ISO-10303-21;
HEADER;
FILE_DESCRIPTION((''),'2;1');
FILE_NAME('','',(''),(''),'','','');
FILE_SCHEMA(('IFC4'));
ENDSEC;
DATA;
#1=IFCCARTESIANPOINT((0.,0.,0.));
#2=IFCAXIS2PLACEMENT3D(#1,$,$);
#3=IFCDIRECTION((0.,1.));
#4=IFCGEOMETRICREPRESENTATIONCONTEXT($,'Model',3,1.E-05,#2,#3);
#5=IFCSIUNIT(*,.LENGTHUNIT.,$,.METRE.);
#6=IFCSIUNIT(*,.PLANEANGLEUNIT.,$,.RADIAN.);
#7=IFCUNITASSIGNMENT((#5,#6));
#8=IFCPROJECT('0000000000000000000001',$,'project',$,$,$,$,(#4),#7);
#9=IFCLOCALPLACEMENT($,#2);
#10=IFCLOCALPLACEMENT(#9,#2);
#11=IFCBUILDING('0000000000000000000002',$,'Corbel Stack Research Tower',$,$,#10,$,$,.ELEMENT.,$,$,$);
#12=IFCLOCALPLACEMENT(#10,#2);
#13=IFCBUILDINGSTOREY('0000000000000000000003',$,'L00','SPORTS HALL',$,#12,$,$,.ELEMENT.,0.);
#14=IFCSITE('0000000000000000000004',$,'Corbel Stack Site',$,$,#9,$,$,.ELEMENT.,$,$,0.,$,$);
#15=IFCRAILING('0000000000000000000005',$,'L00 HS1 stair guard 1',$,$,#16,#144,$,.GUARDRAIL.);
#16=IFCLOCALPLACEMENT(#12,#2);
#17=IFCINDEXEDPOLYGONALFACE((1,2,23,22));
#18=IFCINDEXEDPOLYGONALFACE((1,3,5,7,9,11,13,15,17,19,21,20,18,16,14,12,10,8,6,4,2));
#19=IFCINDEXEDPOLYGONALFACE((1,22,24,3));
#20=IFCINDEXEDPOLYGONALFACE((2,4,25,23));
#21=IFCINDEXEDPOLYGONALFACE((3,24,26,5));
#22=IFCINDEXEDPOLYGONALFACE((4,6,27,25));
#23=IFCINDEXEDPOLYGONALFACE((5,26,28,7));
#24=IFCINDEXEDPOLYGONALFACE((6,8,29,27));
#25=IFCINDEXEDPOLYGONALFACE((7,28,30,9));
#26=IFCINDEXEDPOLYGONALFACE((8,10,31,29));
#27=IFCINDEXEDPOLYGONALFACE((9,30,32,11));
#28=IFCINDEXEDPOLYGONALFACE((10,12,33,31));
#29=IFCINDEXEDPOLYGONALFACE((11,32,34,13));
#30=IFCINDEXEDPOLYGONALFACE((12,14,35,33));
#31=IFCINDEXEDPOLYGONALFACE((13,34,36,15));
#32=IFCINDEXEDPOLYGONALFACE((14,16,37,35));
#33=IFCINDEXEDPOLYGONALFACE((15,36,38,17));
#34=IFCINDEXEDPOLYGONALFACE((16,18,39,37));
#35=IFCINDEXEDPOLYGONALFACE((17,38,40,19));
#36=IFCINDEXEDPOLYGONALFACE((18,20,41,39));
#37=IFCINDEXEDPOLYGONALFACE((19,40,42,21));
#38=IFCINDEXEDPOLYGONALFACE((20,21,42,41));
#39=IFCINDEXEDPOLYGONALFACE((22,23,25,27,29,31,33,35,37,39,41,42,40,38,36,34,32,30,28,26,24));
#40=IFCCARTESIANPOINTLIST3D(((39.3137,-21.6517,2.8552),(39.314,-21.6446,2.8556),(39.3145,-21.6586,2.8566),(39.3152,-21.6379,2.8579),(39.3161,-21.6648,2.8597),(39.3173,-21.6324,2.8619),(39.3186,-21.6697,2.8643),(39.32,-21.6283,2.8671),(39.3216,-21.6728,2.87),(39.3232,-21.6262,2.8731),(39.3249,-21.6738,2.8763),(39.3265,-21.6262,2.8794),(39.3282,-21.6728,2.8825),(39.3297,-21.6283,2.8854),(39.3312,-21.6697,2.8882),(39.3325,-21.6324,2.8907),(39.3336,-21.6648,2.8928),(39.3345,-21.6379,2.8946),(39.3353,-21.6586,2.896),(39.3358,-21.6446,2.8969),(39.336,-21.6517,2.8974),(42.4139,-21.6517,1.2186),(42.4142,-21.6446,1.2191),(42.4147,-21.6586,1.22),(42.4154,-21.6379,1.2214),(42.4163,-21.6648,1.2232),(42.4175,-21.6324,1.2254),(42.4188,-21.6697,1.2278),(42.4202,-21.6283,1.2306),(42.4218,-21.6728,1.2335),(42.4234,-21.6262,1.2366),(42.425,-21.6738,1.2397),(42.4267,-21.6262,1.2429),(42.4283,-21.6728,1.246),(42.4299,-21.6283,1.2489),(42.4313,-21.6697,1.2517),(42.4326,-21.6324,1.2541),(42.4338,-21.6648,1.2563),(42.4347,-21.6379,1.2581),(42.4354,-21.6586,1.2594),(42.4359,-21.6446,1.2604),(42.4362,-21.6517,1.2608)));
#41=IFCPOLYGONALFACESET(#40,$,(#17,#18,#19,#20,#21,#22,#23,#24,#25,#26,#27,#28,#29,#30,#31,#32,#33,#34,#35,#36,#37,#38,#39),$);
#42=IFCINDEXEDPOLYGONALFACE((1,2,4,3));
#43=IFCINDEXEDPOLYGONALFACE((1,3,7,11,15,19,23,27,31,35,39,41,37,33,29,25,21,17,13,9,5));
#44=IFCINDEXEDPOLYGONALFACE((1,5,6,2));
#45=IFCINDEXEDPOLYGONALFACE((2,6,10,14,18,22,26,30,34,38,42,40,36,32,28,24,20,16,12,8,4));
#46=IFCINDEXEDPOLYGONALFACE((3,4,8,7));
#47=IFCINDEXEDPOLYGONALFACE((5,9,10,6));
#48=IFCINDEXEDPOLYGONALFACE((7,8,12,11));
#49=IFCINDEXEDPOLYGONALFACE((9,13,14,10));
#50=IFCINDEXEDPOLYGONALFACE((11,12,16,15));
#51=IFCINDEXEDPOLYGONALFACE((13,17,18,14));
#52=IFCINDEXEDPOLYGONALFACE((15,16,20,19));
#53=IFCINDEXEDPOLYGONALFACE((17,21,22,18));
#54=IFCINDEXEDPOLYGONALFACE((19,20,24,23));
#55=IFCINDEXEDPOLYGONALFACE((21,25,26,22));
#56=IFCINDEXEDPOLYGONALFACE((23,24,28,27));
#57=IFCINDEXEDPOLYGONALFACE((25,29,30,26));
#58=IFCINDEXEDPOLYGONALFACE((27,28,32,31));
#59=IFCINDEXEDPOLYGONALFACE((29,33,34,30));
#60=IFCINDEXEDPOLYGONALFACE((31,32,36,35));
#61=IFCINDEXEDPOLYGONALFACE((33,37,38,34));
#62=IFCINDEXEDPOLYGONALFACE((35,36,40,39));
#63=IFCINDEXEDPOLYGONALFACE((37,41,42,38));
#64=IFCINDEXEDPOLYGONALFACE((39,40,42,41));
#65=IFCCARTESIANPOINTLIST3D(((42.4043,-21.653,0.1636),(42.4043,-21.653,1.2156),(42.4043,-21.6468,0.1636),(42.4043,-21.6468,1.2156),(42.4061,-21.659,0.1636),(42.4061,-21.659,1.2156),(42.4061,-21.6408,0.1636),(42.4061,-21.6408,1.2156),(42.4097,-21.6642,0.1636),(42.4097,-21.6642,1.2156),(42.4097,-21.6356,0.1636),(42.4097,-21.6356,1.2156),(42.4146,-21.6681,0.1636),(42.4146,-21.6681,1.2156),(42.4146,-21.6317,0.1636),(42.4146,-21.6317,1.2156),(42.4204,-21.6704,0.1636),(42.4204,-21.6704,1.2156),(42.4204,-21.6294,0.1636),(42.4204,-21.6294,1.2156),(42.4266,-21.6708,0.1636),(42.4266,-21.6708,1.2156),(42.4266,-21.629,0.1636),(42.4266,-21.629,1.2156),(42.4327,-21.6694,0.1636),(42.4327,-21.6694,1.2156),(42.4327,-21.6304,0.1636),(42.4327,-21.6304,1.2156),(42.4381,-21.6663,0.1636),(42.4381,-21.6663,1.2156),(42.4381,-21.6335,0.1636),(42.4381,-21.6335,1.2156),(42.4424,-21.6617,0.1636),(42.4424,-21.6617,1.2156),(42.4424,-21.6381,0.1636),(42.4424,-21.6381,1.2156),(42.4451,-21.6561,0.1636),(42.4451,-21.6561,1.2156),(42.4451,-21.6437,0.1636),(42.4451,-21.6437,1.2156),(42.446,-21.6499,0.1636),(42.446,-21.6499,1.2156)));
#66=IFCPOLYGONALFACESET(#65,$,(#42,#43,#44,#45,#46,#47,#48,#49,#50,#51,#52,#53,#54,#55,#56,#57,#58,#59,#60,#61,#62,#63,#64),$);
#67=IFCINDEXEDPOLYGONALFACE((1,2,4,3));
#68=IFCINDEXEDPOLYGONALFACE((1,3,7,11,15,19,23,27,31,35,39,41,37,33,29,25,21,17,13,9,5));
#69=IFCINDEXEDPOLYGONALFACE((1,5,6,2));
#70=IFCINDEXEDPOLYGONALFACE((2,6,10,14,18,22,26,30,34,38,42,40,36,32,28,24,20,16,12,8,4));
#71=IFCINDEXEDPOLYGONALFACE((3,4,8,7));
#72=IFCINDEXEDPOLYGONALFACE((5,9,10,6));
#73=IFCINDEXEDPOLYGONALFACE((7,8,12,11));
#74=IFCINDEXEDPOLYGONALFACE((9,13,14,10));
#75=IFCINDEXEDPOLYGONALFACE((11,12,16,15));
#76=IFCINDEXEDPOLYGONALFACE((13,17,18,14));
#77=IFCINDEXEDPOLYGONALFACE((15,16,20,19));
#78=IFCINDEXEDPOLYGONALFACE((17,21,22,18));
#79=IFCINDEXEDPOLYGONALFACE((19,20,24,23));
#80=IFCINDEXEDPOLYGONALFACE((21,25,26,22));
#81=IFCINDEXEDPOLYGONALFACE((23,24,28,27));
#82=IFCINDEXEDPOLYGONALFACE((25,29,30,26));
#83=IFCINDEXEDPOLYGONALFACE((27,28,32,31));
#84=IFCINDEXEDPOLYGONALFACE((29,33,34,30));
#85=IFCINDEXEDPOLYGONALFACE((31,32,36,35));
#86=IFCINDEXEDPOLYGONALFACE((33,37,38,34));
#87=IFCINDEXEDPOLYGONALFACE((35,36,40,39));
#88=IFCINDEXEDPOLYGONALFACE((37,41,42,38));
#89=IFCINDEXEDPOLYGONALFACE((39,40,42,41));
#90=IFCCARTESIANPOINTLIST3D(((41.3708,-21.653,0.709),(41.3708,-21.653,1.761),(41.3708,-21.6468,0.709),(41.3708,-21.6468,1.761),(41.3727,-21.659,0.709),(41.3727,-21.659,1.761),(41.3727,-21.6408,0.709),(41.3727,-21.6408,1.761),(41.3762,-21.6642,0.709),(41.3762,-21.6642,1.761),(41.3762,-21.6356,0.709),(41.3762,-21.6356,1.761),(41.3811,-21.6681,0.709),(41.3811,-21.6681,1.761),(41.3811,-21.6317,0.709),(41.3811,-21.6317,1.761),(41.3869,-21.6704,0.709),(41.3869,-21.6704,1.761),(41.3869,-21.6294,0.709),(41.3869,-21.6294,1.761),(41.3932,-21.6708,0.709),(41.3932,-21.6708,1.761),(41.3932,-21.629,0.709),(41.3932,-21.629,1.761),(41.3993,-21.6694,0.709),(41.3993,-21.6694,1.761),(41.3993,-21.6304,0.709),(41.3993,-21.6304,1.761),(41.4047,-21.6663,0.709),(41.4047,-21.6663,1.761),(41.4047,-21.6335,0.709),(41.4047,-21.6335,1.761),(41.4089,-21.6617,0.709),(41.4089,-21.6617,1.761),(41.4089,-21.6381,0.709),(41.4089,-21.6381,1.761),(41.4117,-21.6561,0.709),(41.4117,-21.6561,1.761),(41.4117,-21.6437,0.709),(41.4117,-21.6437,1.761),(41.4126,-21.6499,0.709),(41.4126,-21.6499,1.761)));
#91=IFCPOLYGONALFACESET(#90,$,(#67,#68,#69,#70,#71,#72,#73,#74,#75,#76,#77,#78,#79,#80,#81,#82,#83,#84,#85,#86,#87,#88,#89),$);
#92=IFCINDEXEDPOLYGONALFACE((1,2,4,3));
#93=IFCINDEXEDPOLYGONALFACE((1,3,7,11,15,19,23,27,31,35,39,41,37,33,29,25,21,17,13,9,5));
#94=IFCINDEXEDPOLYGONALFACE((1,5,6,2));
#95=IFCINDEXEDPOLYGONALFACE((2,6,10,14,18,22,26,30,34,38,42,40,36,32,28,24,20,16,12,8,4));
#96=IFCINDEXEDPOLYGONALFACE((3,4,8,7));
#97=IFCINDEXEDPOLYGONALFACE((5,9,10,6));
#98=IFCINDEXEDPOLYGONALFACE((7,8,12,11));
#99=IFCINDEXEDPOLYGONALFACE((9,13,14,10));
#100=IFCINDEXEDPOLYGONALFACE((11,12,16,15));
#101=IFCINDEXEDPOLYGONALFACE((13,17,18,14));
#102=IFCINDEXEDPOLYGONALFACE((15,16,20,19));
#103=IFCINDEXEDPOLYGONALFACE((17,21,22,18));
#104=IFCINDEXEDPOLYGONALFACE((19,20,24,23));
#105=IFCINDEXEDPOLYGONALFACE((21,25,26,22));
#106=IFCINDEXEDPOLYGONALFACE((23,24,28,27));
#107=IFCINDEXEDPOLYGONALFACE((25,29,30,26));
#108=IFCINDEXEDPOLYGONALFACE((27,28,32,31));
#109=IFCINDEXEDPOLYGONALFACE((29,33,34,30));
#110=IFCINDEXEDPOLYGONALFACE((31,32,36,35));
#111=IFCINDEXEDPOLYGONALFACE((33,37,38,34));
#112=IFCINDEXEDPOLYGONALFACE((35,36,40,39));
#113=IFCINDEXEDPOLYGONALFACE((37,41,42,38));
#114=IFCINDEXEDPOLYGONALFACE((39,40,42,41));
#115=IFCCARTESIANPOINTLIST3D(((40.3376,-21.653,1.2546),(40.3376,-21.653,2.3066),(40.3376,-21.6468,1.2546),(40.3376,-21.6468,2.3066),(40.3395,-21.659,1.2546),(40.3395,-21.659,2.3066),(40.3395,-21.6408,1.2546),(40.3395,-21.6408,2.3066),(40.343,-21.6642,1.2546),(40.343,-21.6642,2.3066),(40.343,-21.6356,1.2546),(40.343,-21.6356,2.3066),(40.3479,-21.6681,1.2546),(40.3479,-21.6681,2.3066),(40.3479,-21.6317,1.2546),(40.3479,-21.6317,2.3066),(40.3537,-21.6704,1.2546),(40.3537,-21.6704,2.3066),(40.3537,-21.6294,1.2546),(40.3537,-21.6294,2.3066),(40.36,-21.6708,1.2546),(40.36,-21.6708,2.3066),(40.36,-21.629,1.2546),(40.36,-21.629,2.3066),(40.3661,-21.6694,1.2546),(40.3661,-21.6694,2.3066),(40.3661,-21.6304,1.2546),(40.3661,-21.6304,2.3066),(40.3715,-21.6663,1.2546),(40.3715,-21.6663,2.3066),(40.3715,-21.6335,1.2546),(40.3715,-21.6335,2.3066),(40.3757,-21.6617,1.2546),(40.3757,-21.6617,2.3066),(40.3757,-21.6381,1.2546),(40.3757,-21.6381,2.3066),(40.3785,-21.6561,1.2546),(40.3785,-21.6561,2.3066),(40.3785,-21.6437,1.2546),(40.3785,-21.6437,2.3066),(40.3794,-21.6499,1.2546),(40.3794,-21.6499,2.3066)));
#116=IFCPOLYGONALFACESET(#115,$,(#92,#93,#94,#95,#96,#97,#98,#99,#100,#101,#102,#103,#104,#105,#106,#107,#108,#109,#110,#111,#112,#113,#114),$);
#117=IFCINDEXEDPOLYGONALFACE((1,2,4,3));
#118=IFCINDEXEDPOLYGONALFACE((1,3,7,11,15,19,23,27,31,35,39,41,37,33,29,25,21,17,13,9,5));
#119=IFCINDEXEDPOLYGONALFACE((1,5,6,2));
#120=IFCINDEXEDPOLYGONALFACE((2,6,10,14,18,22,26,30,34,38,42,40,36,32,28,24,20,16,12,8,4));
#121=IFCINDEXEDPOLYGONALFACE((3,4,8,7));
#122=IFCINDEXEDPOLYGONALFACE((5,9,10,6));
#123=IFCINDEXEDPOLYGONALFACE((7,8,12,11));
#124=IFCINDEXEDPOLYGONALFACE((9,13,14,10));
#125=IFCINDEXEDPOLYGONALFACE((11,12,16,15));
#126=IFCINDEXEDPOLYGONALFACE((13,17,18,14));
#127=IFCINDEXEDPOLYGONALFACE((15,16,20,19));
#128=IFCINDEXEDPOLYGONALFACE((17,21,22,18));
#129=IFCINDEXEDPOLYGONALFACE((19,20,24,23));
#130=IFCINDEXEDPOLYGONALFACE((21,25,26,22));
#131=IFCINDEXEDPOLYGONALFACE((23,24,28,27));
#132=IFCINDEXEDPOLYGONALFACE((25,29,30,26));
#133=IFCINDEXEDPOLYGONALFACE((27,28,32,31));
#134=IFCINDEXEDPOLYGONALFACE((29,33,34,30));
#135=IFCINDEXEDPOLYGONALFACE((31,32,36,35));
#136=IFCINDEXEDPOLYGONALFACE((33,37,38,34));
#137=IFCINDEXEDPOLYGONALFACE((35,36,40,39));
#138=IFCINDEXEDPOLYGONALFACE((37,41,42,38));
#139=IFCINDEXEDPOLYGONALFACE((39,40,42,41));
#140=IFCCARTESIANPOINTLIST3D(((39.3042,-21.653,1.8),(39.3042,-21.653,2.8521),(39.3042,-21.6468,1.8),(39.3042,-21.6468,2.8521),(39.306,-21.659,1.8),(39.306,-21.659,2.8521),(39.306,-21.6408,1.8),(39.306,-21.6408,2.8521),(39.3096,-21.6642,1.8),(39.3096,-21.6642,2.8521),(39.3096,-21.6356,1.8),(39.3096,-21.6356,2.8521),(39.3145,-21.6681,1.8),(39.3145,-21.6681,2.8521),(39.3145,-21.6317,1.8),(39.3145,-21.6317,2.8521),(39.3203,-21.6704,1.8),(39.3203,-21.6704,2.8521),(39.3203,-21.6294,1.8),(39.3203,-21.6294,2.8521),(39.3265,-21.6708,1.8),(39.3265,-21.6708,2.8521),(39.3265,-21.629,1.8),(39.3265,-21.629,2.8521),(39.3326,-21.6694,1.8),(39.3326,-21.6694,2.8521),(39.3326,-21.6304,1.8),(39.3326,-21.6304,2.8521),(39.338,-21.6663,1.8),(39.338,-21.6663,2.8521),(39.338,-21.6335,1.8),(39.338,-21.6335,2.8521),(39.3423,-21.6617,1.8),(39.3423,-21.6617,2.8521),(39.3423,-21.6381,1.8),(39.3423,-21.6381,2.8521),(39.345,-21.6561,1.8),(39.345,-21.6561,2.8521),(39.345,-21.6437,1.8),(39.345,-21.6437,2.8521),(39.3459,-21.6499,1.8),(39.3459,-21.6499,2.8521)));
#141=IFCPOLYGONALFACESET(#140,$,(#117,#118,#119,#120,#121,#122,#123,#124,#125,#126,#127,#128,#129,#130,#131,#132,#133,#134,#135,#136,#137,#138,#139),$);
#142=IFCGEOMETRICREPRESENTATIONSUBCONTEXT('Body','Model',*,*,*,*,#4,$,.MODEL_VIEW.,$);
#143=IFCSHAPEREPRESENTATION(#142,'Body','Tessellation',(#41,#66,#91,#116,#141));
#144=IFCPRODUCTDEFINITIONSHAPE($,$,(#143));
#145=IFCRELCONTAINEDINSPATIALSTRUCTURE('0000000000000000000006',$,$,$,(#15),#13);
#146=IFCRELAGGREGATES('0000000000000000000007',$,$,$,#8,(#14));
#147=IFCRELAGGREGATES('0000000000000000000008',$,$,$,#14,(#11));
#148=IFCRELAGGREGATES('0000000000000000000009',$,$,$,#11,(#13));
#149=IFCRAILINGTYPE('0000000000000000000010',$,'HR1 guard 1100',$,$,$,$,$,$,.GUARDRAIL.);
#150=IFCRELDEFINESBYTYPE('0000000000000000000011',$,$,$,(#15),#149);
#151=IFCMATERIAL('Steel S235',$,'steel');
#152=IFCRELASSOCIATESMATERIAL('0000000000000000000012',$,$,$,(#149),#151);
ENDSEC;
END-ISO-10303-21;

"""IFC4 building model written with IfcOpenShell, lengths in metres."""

from ifc_helpers import new_model, si_unit, direction, frame, origin, origin_2d, place, context, subcontext, project, spatial, circle, extrude, material, type_object, element, save


model = new_model("IFC4")

# Units and contexts
model_context = context("Model", 3, precision=1e-05, world=origin(), true_north=direction((0.0, 1.0)))
body_context = subcontext(model_context, "Body", "Model", "MODEL_VIEW")
ifc_project = project(units=[si_unit("LENGTHUNIT", "METRE"), si_unit("PLANEANGLEUNIT", "RADIAN")], contexts=[model_context])

# Site, building, storey
site_placement = place(None, origin())
site = spatial("IfcSite", under=ifc_project, at=site_placement, Name="Corbel Stack Site", CompositionType="ELEMENT", RefElevation=0.0)
building_placement = place(site_placement, origin())
building = spatial("IfcBuilding", under=site, at=building_placement, Name="Corbel Stack Research Tower", CompositionType="ELEMENT")
storey_placement = place(building_placement, origin())
storey = spatial("IfcBuildingStorey", under=building, at=storey_placement, Name="L00", Description="SPORTS HALL", CompositionType="ELEMENT", Elevation=0.0)

# Railing
ifc_material_1 = material(Name="Steel S235", Category="steel")
railing_type_1 = type_object("IfcRailingType", Name="HR1 guard 1100", PredefinedType="GUARDRAIL", material=ifc_material_1)
railing_1_placement = place(storey_placement, frame((42.425, -21.6499, 0.1636)))
element("IfcRailing", 1, at=railing_1_placement, inside=storey, type_object=railing_type_1, Name="L00 HS1 stair guard 1", PredefinedType="GUARDRAIL", context=body_context, shape_type="SweptSolid", body=[
    extrude(circle(Radius=0.0239, at=origin_2d()), frame((0.0, 0.0, 1.0762), z_axis=(-0.884348, 0.0, 0.466828), x_axis=(0.0, -1.0, 0.0)), (0.0, 0.0, 1.0), 3.5056),
    extrude(circle(Radius=0.021, at=origin_2d()), origin(), (0.0, 0.0, 1.0), 1.052),
    extrude(circle(Radius=0.021, at=origin_2d()), frame((-1.0334, 0.0, 0.5454)), (0.0, 0.0, 1.0), 1.052),
    extrude(circle(Radius=0.021, at=origin_2d()), frame((-2.0667, 0.0, 1.0911)), (0.0, 0.0, 1.0), 1.052),
    extrude(circle(Radius=0.021, at=origin_2d()), frame((-3.1001, 0.0, 1.6365)), (0.0, 0.0, 1.0), 1.052),
])

save(model, "model.ifc")
